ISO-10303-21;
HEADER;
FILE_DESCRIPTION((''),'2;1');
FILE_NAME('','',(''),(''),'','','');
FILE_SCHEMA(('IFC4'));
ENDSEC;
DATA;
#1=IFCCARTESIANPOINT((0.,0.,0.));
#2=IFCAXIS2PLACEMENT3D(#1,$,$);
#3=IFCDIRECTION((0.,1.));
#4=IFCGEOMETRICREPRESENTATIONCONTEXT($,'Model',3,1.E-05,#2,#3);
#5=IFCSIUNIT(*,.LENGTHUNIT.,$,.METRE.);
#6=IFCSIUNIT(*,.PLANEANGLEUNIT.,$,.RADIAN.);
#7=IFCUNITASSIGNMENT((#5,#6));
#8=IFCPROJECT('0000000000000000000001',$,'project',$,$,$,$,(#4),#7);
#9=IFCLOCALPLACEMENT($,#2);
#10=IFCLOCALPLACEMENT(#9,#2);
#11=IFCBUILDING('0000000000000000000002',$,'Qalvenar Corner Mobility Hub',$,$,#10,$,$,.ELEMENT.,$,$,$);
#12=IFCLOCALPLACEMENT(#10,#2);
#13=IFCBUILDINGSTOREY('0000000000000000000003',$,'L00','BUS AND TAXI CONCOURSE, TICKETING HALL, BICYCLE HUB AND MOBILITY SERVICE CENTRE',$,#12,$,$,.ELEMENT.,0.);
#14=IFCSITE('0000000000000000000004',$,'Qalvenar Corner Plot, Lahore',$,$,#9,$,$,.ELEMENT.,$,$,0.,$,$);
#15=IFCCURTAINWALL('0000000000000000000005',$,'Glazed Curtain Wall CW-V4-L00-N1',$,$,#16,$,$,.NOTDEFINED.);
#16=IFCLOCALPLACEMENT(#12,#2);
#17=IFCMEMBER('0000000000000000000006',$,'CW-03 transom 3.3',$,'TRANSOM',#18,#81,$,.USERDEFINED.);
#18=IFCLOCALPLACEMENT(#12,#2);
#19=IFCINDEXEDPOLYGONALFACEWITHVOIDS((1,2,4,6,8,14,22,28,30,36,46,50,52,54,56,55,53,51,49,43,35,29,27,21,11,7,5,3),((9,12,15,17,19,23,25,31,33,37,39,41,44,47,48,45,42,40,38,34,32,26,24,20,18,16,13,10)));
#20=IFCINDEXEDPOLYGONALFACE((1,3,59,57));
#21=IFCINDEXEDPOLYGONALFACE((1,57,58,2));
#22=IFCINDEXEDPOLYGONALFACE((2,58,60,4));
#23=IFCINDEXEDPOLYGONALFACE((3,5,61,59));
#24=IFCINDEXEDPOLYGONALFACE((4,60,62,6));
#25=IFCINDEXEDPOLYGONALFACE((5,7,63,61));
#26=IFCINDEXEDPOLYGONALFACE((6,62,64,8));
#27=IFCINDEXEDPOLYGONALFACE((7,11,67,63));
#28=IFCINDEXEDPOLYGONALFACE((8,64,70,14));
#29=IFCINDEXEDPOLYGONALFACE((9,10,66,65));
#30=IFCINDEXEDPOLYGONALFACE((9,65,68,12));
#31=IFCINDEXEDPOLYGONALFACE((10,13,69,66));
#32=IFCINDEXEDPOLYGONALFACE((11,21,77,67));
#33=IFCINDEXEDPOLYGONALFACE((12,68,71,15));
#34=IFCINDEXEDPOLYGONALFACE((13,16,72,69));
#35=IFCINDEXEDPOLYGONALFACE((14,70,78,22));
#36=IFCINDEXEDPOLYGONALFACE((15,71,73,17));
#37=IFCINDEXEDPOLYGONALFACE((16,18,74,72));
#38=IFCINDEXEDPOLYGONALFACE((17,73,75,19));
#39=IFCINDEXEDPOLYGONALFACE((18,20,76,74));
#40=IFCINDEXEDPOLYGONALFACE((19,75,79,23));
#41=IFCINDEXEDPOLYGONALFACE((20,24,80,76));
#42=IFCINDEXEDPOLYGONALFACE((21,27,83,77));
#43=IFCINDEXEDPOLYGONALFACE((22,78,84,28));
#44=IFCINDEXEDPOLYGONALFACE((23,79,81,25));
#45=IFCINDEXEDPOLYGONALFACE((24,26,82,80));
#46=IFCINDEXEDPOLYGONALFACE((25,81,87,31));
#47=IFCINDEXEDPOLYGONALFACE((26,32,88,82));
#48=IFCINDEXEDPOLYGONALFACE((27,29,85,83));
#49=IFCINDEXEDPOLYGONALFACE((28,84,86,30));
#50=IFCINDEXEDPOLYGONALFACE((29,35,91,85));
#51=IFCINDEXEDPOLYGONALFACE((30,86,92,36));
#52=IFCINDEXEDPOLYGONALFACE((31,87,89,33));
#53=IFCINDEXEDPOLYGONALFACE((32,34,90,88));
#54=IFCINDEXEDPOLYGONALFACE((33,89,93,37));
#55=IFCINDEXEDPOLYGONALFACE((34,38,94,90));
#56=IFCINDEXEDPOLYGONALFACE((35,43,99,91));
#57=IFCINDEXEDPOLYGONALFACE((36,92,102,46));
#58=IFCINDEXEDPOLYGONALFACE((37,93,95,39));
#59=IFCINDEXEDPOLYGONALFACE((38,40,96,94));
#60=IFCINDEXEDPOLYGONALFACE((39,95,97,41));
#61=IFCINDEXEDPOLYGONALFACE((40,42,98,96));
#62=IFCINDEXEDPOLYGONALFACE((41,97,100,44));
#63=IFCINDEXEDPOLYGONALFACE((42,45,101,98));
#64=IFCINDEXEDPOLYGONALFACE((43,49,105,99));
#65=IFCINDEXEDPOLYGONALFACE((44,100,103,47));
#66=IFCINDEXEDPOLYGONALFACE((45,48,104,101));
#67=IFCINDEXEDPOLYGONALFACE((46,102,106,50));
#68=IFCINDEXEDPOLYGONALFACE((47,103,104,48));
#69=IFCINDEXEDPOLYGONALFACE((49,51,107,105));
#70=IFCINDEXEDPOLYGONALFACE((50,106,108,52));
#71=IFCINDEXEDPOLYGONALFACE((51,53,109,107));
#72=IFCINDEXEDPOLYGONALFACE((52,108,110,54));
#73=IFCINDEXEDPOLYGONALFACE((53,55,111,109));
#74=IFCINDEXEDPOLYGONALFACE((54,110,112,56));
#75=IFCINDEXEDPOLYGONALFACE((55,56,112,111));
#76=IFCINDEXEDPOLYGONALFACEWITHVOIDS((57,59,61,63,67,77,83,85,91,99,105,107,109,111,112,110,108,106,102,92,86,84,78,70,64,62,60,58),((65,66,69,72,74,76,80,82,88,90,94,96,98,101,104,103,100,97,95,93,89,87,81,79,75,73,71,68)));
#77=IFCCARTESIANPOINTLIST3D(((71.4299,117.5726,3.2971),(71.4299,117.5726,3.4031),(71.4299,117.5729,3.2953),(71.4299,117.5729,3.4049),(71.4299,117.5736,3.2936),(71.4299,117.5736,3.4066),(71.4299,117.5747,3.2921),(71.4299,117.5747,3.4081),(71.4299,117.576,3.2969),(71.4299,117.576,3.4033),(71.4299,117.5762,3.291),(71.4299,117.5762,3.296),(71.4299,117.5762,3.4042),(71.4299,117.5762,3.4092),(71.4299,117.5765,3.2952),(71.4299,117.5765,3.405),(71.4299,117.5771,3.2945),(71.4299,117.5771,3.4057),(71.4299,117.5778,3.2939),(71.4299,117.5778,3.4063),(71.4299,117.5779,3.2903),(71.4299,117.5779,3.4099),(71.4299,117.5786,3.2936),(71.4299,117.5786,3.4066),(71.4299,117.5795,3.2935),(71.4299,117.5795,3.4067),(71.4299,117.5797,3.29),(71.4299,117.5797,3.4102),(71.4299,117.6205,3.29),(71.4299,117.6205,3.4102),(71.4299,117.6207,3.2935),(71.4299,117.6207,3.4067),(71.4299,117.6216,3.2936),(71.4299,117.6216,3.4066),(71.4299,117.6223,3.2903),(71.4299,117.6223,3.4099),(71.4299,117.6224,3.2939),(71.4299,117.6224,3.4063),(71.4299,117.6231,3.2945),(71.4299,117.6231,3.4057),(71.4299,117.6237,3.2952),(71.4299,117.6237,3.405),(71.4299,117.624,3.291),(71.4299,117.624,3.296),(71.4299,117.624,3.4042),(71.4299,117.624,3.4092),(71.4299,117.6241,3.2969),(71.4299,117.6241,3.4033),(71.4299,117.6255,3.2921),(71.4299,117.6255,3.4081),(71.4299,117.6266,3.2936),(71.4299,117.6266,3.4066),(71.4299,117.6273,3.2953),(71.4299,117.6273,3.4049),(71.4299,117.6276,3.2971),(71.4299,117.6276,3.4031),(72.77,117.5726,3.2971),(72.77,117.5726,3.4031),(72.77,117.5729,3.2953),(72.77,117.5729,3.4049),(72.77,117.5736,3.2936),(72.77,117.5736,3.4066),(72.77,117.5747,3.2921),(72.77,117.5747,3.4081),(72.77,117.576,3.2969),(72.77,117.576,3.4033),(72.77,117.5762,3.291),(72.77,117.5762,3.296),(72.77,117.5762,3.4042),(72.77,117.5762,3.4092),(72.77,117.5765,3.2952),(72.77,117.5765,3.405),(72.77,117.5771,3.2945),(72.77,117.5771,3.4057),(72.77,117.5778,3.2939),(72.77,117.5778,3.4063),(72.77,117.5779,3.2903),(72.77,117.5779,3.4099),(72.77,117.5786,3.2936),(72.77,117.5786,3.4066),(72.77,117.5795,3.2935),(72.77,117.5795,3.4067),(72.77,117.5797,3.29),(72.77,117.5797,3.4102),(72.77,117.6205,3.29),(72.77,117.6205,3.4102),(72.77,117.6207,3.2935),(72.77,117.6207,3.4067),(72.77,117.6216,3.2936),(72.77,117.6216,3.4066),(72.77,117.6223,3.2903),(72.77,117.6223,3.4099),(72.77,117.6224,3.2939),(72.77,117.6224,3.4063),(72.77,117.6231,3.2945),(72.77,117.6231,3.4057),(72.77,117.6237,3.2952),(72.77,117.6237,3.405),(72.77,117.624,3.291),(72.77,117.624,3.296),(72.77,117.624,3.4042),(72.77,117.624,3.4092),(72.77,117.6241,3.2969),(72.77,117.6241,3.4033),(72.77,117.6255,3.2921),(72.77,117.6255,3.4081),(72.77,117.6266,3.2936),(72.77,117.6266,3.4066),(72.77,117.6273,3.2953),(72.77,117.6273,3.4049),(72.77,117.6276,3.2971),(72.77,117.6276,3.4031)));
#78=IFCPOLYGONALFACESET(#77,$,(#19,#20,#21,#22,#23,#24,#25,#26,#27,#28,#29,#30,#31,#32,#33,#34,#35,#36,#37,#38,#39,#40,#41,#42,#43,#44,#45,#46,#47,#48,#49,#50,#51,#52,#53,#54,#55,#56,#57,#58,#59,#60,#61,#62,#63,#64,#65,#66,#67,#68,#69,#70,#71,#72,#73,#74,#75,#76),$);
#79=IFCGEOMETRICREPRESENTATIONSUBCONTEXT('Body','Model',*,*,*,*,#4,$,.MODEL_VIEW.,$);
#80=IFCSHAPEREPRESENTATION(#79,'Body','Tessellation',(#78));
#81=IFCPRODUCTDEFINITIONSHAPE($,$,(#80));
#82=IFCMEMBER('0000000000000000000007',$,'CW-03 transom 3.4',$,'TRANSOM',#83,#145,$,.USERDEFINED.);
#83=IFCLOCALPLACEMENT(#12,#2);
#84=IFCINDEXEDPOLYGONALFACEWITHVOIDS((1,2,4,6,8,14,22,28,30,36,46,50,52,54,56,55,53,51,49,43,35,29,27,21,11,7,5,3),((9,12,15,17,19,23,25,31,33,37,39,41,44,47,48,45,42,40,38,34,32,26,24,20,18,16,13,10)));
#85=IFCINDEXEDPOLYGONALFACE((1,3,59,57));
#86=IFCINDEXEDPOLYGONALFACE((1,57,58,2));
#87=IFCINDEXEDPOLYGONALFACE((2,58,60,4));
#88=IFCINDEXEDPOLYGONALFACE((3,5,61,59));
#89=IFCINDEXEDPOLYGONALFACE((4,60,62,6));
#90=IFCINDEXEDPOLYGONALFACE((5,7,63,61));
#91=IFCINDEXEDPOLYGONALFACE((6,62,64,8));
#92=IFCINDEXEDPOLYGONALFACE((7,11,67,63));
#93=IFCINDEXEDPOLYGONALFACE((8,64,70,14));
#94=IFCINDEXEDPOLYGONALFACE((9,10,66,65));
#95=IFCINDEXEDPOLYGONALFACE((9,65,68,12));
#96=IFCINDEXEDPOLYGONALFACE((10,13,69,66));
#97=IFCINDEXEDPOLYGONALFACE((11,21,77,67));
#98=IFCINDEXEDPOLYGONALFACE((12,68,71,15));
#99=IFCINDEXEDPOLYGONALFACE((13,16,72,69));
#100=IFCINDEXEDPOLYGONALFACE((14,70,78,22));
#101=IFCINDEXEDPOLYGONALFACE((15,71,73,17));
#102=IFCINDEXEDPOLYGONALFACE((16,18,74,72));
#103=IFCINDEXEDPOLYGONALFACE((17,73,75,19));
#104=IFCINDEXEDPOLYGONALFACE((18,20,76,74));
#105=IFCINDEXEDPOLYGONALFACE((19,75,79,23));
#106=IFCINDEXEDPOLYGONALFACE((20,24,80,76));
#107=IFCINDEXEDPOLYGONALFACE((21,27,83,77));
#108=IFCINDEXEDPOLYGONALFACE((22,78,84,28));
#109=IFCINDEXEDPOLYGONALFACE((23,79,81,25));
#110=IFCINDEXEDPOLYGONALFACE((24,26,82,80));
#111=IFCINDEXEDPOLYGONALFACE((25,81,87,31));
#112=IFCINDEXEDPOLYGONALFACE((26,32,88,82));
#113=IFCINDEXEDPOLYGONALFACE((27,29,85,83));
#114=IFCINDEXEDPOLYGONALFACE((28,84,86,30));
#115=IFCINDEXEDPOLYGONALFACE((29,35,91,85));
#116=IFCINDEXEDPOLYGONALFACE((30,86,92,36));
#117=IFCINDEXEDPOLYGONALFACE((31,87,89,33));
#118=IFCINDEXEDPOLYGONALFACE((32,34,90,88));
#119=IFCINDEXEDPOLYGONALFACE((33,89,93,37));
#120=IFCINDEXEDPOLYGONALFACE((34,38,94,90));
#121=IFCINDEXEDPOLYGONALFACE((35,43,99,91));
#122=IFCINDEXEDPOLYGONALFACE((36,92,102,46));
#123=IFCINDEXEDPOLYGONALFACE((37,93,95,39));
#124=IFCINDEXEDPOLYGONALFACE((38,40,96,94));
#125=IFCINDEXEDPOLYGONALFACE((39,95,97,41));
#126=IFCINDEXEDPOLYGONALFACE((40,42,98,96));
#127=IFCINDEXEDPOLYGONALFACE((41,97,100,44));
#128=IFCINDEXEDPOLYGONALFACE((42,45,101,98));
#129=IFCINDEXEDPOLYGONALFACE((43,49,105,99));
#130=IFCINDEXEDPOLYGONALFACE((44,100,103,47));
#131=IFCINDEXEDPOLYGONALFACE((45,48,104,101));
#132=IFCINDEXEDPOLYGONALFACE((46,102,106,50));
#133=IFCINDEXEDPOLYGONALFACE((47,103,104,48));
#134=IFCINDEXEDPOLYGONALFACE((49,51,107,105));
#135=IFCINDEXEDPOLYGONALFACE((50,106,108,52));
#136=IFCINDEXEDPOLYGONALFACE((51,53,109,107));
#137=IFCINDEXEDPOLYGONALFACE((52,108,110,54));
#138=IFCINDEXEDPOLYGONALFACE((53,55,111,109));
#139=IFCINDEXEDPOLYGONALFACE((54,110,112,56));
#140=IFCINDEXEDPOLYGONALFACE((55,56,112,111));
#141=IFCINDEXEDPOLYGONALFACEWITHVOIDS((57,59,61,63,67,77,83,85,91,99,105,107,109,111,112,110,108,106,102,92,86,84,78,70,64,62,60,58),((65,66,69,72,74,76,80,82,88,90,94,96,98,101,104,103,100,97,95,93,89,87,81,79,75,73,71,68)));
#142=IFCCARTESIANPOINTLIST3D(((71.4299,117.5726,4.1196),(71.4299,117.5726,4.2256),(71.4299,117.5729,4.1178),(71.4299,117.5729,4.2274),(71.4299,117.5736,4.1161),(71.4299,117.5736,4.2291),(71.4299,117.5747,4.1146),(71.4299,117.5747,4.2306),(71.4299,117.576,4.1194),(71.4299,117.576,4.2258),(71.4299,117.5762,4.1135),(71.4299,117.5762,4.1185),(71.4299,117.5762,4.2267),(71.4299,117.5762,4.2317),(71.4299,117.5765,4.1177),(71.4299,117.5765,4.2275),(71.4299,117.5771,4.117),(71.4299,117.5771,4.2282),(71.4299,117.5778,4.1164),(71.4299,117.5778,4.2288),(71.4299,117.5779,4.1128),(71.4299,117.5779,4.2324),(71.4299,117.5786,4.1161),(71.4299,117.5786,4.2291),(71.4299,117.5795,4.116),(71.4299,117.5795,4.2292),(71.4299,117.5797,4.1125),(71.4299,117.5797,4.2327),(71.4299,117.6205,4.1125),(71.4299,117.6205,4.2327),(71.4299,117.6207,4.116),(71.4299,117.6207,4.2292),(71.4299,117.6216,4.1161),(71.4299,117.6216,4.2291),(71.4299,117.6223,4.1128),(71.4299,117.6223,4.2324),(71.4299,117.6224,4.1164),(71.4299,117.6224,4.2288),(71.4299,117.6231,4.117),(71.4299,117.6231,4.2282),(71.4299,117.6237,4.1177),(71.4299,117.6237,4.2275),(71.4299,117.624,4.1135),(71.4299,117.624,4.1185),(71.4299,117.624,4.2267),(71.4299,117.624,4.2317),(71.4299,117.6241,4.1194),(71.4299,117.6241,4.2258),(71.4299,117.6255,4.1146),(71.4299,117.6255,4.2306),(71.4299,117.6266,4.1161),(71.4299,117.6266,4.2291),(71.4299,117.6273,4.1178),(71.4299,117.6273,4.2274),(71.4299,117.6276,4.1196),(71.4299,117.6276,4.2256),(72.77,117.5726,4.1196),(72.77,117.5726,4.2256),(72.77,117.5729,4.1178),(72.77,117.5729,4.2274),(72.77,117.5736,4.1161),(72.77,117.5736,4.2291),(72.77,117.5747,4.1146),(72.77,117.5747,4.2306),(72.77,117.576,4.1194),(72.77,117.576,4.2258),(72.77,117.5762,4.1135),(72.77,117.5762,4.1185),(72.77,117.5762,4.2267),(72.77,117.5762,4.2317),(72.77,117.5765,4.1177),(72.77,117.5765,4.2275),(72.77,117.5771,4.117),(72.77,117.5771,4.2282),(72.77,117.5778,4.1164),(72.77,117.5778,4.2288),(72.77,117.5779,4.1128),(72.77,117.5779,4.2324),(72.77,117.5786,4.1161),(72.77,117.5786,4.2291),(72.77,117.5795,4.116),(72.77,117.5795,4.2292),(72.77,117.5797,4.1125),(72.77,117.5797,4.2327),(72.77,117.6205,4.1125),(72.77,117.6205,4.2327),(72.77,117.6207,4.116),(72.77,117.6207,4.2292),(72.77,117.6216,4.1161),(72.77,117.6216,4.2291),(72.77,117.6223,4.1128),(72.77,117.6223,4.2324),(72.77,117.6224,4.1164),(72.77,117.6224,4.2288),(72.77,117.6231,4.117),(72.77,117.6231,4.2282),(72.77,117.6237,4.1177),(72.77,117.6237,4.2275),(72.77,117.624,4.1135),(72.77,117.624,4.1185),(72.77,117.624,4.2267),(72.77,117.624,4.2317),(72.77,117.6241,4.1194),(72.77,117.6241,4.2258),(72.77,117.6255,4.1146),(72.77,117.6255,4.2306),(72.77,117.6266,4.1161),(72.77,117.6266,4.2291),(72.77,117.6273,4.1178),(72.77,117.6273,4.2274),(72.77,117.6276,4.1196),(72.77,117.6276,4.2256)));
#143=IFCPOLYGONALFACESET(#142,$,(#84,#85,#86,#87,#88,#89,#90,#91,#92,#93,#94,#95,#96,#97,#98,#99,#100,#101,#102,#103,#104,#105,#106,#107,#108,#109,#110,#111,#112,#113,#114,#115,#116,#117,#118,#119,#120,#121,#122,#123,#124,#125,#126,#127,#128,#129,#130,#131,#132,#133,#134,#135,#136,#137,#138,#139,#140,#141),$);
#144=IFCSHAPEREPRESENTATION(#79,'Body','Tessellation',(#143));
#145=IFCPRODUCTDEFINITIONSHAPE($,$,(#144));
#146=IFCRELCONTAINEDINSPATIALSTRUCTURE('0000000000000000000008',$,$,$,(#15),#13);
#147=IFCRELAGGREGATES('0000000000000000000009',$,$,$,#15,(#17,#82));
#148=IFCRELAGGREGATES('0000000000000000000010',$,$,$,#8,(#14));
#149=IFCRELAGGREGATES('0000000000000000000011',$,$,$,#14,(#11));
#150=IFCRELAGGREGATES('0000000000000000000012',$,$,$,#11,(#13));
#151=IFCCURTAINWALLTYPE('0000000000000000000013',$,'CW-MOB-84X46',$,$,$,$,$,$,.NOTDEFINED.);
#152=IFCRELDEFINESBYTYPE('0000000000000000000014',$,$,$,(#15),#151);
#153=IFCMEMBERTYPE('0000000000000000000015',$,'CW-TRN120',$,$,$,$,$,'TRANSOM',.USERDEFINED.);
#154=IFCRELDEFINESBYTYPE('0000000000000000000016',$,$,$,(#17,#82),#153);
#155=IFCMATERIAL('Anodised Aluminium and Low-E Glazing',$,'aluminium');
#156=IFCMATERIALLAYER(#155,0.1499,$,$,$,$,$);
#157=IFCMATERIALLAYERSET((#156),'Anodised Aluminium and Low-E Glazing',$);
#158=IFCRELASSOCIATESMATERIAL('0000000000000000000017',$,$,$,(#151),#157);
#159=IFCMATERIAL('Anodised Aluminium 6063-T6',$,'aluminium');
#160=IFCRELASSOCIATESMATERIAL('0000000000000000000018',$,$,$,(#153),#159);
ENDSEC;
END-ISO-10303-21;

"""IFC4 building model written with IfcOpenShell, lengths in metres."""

from ifc_helpers import new_model, si_unit, direction, frame, origin, origin_2d, place, context, subcontext, project, spatial, hollow_rectangle, extrude, material, layer, layer_set, material_profile, profile_set, type_object, element, aggregate, save


model = new_model("IFC4")

# Units and contexts
model_context = context("Model", 3, precision=1e-05, world=origin(), true_north=direction((0.0, 1.0)))
body_context = subcontext(model_context, "Body", "Model", "MODEL_VIEW")
ifc_project = project(units=[si_unit("LENGTHUNIT", "METRE"), si_unit("PLANEANGLEUNIT", "RADIAN")], contexts=[model_context])

# Site, building, storey
site_placement = place(None, origin())
site = spatial("IfcSite", under=ifc_project, at=site_placement, Name="Qalvenar Corner Plot, Lahore", CompositionType="ELEMENT", RefElevation=0.0)
building_placement = place(site_placement, origin())
building = spatial("IfcBuilding", under=site, at=building_placement, Name="Qalvenar Corner Mobility Hub", CompositionType="ELEMENT")
storey_placement = place(building_placement, origin())
storey = spatial("IfcBuildingStorey", under=building, at=storey_placement, Name="L00", Description="BUS AND TAXI CONCOURSE, TICKETING HALL, BICYCLE HUB AND MOBILITY SERVICE CENTRE", CompositionType="ELEMENT", Elevation=0.0)

# Curtain wall, members
ifc_material_1 = material(Name="Anodised Aluminium and Low-E Glazing", Category="aluminium")
ifc_layer_1 = layer(ifc_material_1, 0.1499)
ifc_layer_set_1 = layer_set([ifc_layer_1], Name="Anodised Aluminium and Low-E Glazing")
curtain_wall_type = type_object("IfcCurtainWallType", Name="CW-MOB-84X46", PredefinedType="NOTDEFINED", material=ifc_layer_set_1)
curtain_wall_placement = place(storey_placement, origin())
curtain_wall = element("IfcCurtainWall", 1, at=curtain_wall_placement, inside=storey, type_object=curtain_wall_type, Name="Glazed Curtain Wall CW-V4-L00-N1", PredefinedType="NOTDEFINED")
ifc_material_2 = material(Name="Anodised Aluminium 6063-T6", Category="aluminium")
ifc_material_profile_1 = material_profile(ifc_material_2, hollow_rectangle(XDim=0.0549, YDim=0.1201, WallThickness=0.0034, InnerFilletRadius=0.0034, OuterFilletRadius=0.0071, at=origin_2d()), Name="RHS120x55x3.5")
ifc_profile_set_1 = profile_set([ifc_material_profile_1], Name="Anodised Aluminium 6063-T6")
member_type_1 = type_object("IfcMemberType", Name="CW-TRN120", ElementType="TRANSOM", PredefinedType="USERDEFINED", material=ifc_profile_set_1)
member_1_placement = place(storey_placement, frame((72.77, 117.6001, 3.3501), z_axis=(-1.0, 0.0, 0.0), x_axis=(0.0, -1.0, 0.0)))
member_1 = element("IfcMember", 2, at=member_1_placement, type_object=member_type_1, Name="CW-03 transom 3.3", ObjectType="TRANSOM", PredefinedType="USERDEFINED", context=body_context, shape_type="SweptSolid", body=[
    extrude(hollow_rectangle(XDim=0.0549, YDim=0.1201, WallThickness=0.0034, InnerFilletRadius=0.0034, OuterFilletRadius=0.0071, at=origin_2d()), origin(), (0.0, 0.0, 1.0), 1.3401),
])
member_2_placement = place(storey_placement, frame((72.77, 117.6001, 4.1726), z_axis=(-1.0, 0.0, 0.0), x_axis=(0.0, -1.0, 0.0)))
member_2 = element("IfcMember", 3, at=member_2_placement, type_object=member_type_1, Name="CW-03 transom 3.4", ObjectType="TRANSOM", PredefinedType="USERDEFINED", context=body_context, shape_type="SweptSolid", body=[
    extrude(hollow_rectangle(XDim=0.0549, YDim=0.1201, WallThickness=0.0034, InnerFilletRadius=0.0034, OuterFilletRadius=0.0071, at=origin_2d()), origin(), (0.0, 0.0, 1.0), 1.3401),
])
aggregate(curtain_wall, [member_1, member_2])

save(model, "model.ifc")
